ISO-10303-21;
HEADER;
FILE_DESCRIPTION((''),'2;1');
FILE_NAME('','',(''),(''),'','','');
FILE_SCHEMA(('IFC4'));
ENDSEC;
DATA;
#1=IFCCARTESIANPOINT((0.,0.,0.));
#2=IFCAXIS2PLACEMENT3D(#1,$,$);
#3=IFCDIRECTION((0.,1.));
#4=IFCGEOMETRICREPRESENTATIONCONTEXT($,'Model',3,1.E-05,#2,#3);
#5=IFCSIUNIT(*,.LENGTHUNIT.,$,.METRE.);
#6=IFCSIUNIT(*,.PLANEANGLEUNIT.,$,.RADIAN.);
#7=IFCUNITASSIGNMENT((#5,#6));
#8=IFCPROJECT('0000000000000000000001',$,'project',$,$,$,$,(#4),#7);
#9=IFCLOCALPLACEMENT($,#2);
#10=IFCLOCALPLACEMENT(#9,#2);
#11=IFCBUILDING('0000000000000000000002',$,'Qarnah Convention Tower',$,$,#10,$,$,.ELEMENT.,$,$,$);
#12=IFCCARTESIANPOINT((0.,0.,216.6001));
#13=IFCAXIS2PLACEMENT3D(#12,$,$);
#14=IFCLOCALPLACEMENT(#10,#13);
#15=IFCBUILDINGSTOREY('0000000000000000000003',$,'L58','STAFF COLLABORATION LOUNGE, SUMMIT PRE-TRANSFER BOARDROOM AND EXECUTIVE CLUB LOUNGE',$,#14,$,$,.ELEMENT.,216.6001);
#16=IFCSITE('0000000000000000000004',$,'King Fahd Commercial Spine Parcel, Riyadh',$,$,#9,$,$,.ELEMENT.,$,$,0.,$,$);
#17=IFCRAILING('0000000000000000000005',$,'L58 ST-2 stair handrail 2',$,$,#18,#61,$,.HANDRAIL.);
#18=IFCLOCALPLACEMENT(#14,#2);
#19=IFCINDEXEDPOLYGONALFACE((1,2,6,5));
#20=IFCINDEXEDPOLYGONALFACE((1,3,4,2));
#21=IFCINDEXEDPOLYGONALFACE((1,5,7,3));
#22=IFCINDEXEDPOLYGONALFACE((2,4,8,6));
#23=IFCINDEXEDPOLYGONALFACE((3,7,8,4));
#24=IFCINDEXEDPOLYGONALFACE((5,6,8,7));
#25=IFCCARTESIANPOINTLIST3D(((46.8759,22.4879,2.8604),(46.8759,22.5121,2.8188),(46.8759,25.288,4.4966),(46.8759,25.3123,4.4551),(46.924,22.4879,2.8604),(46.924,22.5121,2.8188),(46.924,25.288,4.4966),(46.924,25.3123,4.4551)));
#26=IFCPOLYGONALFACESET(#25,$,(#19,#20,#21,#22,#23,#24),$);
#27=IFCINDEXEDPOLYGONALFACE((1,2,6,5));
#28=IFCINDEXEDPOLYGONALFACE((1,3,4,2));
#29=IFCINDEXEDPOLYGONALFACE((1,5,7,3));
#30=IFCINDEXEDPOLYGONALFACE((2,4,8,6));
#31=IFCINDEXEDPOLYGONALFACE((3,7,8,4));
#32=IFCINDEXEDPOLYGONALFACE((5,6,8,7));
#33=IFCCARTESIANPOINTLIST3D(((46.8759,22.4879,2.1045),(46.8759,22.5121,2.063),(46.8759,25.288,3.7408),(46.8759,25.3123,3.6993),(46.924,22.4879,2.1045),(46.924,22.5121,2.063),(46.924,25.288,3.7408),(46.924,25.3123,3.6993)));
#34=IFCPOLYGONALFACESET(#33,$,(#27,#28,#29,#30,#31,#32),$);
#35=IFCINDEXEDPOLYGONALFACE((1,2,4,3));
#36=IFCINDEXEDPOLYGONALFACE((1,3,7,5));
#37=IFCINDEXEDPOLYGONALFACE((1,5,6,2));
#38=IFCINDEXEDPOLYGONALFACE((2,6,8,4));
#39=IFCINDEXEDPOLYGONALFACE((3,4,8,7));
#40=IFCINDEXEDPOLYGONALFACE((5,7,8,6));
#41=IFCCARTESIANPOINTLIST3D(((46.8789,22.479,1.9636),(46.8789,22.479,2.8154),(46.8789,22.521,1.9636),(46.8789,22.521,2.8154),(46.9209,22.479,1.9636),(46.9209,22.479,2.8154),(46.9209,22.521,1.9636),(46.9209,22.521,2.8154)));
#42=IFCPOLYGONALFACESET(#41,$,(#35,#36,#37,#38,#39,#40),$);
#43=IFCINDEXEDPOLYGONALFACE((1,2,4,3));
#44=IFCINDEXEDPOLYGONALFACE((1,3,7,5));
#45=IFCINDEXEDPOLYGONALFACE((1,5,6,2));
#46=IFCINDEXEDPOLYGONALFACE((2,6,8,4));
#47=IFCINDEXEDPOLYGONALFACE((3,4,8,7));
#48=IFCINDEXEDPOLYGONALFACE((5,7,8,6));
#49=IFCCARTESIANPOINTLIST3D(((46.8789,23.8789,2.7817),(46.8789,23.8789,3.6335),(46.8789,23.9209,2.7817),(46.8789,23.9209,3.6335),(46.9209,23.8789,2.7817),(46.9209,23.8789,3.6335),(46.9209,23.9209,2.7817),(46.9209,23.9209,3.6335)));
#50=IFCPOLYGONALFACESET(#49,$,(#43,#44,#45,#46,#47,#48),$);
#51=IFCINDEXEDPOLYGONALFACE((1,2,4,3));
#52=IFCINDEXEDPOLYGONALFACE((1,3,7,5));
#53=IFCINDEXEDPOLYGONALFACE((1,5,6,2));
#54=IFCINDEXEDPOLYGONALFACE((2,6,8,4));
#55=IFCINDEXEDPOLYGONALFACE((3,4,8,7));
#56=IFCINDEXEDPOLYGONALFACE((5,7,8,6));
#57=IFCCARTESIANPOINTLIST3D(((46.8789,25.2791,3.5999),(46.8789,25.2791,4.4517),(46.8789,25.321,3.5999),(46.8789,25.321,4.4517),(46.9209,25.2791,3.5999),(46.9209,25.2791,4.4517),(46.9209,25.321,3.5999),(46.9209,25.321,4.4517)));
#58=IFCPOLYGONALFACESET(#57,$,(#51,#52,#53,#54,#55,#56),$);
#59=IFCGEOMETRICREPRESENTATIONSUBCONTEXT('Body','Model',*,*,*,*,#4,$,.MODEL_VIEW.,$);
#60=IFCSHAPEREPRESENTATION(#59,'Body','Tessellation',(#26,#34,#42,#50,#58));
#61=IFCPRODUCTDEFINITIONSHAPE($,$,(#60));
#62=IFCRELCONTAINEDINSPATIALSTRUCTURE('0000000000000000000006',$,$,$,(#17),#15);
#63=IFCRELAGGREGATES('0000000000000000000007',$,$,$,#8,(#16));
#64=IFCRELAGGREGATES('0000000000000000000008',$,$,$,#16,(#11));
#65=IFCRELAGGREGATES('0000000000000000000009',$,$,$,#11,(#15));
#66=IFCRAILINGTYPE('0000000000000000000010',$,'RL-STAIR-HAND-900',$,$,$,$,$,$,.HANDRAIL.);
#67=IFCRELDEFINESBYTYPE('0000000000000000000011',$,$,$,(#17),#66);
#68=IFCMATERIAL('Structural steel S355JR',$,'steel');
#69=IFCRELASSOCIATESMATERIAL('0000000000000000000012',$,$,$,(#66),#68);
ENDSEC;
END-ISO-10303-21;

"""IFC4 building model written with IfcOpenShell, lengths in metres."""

from ifc_helpers import new_model, si_unit, direction, frame, origin, origin_2d, place, context, subcontext, project, spatial, rectangle, extrude, material, type_object, element, save


model = new_model("IFC4")

# Units and contexts
model_context = context("Model", 3, precision=1e-05, world=origin(), true_north=direction((0.0, 1.0)))
body_context = subcontext(model_context, "Body", "Model", "MODEL_VIEW")
ifc_project = project(units=[si_unit("LENGTHUNIT", "METRE"), si_unit("PLANEANGLEUNIT", "RADIAN")], contexts=[model_context])

# Site, building, storey
site_placement = place(None, origin())
site = spatial("IfcSite", under=ifc_project, at=site_placement, Name="King Fahd Commercial Spine Parcel, Riyadh", CompositionType="ELEMENT", RefElevation=0.0)
building_placement = place(site_placement, origin())
building = spatial("IfcBuilding", under=site, at=building_placement, Name="Qarnah Convention Tower", CompositionType="ELEMENT")
storey_placement = place(building_placement, frame((0.0, 0.0, 216.6001)))
storey = spatial("IfcBuildingStorey", under=building, at=storey_placement, Name="L58", Description="STAFF COLLABORATION LOUNGE, SUMMIT PRE-TRANSFER BOARDROOM AND EXECUTIVE CLUB LOUNGE", CompositionType="ELEMENT", Elevation=216.6001)

# Shared definitions
ifc_material_1 = material(Name="Structural steel S355JR", Category="steel")

# Railing
railing_type_1 = type_object("IfcRailingType", Name="RL-STAIR-HAND-900", PredefinedType="HANDRAIL", material=ifc_material_1)
railing_1_placement = place(storey_placement, frame((46.8999, 22.5, 1.9636)))
element("IfcRailing", 1, at=railing_1_placement, inside=storey, type_object=railing_type_1, Name="L58 ST-2 stair handrail 2", PredefinedType="HANDRAIL", context=body_context, shape_type="SweptSolid", body=[
    extrude(rectangle(XDim=0.0481, YDim=0.0481, at=origin_2d()), frame((0.0, 0.0, 0.876), z_axis=(0.0, 0.863394, 0.504531), x_axis=(-1.0, 0.0, 0.0)), (0.0, 0.0, 1.0), 3.2432),
    extrude(rectangle(XDim=0.0481, YDim=0.0481, at=origin_2d()), frame((0.0, 0.0, 0.1201), z_axis=(0.0, 0.863394, 0.504531), x_axis=(-1.0, 0.0, 0.0)), (0.0, 0.0, 1.0), 3.2432),
    extrude(rectangle(XDim=0.042, YDim=0.042, at=origin_2d()), origin(), (0.0, 0.0, 1.0), 0.8518),
    extrude(rectangle(XDim=0.042, YDim=0.042, at=origin_2d()), frame((0.0, 1.3999, 0.8181)), (0.0, 0.0, 1.0), 0.8518),
    extrude(rectangle(XDim=0.042, YDim=0.042, at=origin_2d()), frame((0.0, 2.8, 1.6362)), (0.0, 0.0, 1.0), 0.8518),
])

save(model, "model.ifc")
